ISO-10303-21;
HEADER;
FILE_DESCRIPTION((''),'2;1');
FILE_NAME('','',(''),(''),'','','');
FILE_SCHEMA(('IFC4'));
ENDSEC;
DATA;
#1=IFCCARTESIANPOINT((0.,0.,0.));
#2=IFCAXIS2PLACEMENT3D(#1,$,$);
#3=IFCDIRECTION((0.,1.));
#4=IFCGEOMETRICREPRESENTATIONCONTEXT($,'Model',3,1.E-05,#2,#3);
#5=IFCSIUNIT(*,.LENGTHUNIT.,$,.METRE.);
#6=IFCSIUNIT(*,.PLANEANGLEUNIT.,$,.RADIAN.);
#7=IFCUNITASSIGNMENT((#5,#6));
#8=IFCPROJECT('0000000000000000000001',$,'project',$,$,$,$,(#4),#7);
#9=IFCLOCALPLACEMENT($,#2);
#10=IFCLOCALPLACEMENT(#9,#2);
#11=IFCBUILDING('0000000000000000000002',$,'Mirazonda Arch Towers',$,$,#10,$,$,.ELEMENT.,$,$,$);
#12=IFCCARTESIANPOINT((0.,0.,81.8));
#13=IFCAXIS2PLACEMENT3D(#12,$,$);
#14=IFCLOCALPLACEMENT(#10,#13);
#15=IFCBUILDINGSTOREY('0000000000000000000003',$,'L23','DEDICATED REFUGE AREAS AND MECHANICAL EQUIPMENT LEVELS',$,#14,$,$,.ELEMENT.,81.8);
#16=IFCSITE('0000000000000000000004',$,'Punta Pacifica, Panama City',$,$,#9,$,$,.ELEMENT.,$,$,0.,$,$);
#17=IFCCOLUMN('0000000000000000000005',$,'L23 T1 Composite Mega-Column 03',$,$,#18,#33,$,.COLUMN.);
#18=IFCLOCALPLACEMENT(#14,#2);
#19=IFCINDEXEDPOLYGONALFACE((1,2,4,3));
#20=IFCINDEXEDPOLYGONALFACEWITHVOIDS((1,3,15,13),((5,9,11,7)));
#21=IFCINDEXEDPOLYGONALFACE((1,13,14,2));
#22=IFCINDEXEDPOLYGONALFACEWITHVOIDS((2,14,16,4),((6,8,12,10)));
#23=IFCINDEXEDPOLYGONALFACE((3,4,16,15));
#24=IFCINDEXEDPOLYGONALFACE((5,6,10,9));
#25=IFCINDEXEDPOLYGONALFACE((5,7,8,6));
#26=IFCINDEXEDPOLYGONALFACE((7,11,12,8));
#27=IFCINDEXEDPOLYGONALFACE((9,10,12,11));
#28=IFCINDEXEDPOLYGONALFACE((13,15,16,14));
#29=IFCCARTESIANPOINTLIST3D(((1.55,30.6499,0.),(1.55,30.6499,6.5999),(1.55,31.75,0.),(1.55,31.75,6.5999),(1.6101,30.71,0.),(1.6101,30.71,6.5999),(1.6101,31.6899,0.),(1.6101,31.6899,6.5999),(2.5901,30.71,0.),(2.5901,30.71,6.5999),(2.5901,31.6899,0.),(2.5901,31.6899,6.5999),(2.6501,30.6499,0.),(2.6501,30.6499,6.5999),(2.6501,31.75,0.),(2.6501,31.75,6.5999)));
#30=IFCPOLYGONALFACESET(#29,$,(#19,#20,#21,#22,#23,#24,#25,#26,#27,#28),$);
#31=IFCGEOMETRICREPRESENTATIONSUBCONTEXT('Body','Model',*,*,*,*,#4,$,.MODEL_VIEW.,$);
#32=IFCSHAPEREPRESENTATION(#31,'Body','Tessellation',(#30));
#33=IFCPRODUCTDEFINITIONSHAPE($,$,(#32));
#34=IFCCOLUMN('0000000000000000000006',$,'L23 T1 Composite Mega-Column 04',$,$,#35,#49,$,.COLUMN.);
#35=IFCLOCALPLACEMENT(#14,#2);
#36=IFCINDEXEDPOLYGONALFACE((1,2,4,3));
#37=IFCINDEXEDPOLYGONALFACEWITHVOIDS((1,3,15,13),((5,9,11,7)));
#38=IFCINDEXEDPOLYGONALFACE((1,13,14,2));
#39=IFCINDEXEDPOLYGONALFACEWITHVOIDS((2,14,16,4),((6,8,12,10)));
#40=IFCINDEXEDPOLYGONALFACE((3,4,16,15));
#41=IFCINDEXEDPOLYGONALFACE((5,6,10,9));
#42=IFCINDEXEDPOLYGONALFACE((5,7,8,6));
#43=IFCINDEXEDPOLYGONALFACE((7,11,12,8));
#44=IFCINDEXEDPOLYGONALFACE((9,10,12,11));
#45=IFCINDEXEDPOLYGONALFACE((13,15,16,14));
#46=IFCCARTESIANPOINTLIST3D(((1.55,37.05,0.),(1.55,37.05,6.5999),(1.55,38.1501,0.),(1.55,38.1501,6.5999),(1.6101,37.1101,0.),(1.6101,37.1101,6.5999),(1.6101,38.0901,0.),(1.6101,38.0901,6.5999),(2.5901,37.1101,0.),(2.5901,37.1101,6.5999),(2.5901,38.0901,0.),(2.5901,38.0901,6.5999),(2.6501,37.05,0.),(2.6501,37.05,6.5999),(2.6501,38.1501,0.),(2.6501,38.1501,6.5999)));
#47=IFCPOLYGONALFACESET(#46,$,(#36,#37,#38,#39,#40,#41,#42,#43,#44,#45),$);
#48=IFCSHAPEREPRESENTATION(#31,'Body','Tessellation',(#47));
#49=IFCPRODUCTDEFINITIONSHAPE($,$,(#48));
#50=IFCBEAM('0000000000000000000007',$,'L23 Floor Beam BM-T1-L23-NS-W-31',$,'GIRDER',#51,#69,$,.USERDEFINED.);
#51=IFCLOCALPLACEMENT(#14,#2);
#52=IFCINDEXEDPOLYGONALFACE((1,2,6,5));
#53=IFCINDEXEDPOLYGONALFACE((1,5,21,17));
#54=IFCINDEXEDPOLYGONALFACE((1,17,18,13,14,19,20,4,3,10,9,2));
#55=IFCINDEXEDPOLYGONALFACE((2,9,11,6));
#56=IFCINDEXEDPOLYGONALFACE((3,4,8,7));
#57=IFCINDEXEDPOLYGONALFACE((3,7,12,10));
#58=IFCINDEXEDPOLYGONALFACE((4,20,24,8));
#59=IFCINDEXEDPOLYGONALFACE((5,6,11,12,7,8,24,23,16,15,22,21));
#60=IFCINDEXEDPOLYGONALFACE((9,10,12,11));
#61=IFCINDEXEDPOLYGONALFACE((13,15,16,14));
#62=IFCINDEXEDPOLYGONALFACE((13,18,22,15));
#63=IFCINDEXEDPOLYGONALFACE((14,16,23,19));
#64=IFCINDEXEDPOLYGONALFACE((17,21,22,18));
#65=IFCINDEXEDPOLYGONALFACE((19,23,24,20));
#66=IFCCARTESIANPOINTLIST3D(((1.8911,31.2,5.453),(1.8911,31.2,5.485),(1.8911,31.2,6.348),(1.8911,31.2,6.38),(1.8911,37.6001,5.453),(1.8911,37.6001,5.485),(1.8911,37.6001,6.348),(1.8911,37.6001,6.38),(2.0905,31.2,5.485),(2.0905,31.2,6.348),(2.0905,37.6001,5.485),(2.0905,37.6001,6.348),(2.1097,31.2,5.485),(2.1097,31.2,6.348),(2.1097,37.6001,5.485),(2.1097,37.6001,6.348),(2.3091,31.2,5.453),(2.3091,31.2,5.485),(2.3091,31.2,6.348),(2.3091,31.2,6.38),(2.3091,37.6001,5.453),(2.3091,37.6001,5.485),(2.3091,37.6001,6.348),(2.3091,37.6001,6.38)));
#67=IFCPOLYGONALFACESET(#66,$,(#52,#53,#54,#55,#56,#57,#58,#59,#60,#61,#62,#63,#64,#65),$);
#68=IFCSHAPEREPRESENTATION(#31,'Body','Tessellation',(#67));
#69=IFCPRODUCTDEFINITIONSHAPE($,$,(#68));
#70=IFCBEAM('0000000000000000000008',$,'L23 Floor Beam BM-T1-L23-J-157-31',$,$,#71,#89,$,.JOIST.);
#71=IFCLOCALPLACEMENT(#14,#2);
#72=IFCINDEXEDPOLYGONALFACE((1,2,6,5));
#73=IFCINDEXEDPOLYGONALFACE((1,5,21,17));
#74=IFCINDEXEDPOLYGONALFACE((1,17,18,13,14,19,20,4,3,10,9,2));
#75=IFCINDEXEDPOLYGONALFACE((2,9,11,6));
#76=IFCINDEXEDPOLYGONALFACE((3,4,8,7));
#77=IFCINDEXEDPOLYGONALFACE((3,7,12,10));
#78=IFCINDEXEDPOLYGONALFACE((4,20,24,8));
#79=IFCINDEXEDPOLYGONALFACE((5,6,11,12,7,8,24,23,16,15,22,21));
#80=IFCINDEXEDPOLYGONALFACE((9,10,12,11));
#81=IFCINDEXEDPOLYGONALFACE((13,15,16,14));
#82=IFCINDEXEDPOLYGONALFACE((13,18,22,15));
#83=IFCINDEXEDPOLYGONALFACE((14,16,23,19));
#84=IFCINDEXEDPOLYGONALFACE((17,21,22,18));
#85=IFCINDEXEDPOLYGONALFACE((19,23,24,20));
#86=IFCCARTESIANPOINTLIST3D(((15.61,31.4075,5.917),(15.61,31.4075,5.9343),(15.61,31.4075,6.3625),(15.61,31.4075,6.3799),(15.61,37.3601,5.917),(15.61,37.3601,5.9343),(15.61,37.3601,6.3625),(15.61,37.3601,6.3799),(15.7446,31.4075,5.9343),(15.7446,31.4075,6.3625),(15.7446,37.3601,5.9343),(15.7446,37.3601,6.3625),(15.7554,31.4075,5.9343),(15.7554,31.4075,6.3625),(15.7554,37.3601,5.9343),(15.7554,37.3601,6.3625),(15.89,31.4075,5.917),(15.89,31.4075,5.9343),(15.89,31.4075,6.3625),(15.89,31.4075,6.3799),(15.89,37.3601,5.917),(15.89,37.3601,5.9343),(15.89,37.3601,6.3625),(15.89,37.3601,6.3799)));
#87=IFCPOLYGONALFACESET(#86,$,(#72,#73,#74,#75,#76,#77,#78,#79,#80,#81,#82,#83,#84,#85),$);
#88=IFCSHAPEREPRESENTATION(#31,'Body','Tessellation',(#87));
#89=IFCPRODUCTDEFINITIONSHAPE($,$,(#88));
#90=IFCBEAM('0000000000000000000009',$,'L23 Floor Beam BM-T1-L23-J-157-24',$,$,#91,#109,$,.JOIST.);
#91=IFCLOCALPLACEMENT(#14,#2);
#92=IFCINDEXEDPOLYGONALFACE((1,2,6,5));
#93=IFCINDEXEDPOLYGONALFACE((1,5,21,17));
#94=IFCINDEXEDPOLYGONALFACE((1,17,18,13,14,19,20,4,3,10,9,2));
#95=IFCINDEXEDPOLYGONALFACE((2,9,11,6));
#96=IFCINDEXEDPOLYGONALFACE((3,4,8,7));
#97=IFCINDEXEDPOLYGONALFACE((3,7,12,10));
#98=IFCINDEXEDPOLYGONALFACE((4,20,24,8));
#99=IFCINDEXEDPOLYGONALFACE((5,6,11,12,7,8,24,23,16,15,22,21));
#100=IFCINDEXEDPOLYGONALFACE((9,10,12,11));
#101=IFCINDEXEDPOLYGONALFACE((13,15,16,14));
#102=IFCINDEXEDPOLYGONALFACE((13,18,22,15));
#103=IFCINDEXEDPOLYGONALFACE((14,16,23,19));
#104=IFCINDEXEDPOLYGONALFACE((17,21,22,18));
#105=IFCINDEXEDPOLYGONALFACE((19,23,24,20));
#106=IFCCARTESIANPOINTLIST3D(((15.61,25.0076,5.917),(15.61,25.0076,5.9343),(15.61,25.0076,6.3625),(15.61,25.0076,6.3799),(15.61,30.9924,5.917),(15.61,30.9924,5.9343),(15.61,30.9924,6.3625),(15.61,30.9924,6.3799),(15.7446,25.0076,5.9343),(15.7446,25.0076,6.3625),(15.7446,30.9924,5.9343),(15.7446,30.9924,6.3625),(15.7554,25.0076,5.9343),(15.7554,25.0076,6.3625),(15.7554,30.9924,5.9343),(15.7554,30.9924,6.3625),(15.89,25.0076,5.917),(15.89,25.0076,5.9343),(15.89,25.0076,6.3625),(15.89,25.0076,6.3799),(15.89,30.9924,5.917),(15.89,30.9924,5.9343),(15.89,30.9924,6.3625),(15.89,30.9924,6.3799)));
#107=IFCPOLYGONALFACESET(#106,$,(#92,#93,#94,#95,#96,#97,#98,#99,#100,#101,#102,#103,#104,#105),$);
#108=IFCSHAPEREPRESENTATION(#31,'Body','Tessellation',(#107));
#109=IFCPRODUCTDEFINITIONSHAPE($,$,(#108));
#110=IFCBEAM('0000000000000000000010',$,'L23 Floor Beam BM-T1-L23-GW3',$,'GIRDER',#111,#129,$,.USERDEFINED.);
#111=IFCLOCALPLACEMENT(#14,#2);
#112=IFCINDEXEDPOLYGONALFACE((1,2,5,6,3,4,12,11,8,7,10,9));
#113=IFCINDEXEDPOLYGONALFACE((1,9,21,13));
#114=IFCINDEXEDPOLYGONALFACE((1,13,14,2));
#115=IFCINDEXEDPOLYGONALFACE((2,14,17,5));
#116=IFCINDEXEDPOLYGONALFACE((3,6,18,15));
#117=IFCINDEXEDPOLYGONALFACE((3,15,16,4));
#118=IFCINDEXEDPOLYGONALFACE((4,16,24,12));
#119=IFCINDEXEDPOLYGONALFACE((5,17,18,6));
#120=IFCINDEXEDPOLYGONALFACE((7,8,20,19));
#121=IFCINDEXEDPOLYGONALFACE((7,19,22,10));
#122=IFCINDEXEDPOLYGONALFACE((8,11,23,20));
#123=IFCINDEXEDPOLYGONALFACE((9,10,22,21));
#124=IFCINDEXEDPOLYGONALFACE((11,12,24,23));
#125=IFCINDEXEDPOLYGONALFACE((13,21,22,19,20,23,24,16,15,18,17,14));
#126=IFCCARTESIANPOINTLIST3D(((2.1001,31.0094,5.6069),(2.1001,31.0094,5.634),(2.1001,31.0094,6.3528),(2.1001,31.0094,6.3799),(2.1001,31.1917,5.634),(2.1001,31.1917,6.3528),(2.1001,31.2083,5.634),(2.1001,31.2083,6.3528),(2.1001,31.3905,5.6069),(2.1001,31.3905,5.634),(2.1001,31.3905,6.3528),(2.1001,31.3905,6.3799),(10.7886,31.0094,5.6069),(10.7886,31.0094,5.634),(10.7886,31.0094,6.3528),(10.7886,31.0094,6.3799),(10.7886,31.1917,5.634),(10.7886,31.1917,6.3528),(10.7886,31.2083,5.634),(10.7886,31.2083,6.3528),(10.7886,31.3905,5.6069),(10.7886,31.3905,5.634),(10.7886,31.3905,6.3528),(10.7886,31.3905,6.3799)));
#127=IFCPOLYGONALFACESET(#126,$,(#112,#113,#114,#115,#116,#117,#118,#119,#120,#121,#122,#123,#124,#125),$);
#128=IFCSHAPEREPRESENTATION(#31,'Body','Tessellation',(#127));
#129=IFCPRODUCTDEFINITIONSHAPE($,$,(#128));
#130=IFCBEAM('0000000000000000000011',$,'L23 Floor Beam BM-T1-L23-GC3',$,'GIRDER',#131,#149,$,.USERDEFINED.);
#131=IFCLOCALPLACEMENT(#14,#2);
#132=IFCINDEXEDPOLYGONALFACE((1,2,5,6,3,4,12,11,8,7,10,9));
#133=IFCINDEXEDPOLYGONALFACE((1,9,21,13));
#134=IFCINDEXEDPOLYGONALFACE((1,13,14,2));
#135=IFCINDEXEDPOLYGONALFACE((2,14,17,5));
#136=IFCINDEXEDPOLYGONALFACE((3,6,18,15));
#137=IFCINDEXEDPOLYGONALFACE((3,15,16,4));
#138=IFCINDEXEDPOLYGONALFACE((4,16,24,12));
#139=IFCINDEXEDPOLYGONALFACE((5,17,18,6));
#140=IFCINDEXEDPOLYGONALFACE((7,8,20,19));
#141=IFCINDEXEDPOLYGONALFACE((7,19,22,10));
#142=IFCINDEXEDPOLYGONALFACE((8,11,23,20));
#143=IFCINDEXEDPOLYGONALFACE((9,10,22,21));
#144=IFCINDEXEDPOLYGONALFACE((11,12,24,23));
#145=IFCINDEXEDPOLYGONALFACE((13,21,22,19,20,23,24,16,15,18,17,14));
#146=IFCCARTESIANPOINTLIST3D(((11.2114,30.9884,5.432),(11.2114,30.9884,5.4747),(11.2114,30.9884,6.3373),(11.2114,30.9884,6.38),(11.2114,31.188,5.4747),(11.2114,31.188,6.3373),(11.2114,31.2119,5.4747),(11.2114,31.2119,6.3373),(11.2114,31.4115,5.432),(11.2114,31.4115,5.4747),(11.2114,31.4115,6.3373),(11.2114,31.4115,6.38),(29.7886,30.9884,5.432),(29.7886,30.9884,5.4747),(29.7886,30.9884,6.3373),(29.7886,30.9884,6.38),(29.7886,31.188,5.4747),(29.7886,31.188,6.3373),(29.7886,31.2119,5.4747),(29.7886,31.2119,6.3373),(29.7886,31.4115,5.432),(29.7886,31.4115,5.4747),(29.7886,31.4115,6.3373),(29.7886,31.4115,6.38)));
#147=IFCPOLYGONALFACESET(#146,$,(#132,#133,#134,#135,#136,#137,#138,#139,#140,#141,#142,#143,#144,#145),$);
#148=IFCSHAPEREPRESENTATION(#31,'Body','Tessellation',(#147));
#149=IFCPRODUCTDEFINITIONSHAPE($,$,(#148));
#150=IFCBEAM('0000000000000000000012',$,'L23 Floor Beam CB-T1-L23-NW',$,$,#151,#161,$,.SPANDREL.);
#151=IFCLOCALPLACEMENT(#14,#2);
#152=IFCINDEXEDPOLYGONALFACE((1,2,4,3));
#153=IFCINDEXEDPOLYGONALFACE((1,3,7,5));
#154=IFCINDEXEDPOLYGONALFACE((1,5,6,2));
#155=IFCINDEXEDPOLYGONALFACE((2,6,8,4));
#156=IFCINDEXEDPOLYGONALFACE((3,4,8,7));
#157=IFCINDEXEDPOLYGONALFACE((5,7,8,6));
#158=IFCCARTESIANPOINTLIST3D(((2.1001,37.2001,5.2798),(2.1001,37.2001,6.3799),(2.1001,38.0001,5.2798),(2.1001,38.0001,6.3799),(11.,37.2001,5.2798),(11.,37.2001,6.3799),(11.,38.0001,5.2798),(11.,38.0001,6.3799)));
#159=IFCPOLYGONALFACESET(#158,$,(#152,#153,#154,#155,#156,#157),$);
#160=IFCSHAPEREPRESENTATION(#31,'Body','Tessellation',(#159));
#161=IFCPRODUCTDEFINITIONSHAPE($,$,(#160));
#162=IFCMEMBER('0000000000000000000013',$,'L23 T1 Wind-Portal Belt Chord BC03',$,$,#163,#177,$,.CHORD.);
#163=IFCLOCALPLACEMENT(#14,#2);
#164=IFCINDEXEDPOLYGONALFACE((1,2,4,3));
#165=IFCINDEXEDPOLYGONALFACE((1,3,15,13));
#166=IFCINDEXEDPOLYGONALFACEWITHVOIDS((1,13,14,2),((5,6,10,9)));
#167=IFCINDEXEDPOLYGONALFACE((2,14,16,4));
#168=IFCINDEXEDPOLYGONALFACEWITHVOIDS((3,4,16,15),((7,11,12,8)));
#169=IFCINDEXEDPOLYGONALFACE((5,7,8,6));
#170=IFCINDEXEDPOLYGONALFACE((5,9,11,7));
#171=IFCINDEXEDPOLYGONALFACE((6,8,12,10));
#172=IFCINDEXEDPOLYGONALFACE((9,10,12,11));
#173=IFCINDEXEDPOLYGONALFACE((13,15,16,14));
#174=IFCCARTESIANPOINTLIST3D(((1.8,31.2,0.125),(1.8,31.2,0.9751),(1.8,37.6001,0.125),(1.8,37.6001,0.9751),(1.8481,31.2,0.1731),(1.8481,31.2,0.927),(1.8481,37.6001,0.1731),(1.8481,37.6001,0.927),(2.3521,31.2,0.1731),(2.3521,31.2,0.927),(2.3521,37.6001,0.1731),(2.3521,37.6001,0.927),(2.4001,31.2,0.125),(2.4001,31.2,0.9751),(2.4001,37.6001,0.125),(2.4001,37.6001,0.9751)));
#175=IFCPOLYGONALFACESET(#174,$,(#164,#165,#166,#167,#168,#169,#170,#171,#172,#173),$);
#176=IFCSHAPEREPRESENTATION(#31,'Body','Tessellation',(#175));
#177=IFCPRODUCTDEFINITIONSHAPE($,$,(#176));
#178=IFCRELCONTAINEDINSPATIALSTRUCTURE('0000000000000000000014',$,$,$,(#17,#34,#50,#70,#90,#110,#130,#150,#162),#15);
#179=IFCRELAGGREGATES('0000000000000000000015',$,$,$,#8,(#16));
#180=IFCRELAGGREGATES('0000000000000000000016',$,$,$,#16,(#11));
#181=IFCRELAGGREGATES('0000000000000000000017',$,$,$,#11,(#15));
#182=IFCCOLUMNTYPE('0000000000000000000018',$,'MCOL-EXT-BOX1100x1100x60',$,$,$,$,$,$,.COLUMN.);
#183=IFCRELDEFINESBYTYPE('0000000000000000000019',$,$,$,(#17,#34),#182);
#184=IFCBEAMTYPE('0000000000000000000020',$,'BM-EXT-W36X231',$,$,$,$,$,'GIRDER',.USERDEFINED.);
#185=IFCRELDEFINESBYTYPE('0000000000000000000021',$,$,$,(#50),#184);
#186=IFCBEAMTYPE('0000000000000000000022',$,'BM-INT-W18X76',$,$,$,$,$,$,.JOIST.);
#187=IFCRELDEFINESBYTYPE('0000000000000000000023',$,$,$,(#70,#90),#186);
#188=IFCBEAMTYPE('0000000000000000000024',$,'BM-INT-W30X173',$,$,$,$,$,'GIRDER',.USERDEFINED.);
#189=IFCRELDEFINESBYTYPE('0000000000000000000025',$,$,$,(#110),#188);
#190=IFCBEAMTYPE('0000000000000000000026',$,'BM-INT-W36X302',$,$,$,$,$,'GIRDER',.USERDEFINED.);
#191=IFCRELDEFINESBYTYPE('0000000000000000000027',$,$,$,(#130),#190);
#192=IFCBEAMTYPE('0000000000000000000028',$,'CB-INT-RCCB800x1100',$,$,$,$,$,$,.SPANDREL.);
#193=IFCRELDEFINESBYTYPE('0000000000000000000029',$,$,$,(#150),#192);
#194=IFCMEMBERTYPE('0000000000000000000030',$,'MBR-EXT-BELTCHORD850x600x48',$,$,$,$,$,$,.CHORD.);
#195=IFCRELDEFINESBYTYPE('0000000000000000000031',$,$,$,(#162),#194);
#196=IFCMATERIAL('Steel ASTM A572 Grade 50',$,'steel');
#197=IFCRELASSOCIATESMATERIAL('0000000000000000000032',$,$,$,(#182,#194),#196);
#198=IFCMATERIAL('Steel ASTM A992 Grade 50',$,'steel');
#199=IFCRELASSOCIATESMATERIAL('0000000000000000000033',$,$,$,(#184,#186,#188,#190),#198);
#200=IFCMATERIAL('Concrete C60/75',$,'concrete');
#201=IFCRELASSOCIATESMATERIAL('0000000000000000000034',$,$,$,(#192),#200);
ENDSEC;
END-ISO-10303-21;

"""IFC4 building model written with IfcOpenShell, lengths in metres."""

from ifc_helpers import new_model, si_unit, direction, frame, origin, origin_2d, place, context, subcontext, project, spatial, rectangle, hollow_rectangle, i_section, extrude, material, material_profile, profile_set, type_object, element, save


model = new_model("IFC4")

# Units and contexts
model_context = context("Model", 3, precision=1e-05, world=origin(), true_north=direction((0.0, 1.0)))
body_context = subcontext(model_context, "Body", "Model", "MODEL_VIEW")
ifc_project = project(units=[si_unit("LENGTHUNIT", "METRE"), si_unit("PLANEANGLEUNIT", "RADIAN")], contexts=[model_context])

# Site, building, storey
site_placement = place(None, origin())
site = spatial("IfcSite", under=ifc_project, at=site_placement, Name="Punta Pacifica, Panama City", CompositionType="ELEMENT", RefElevation=0.0)
building_placement = place(site_placement, origin())
building = spatial("IfcBuilding", under=site, at=building_placement, Name="Mirazonda Arch Towers", CompositionType="ELEMENT")
storey_placement = place(building_placement, frame((0.0, 0.0, 81.8)))
storey = spatial("IfcBuildingStorey", under=building, at=storey_placement, Name="L23", Description="DEDICATED REFUGE AREAS AND MECHANICAL EQUIPMENT LEVELS", CompositionType="ELEMENT", Elevation=81.8)

# Columns
ifc_material_1 = material(Name="Steel ASTM A572 Grade 50", Category="steel")
ifc_material_profile_1 = material_profile(ifc_material_1, hollow_rectangle(XDim=1.1001, YDim=1.1001, WallThickness=0.0601, at=origin_2d()), Name="BOX1100x1100x60")
ifc_profile_set_1 = profile_set([ifc_material_profile_1], Name="Steel ASTM A572 Grade 50")
column_type = type_object("IfcColumnType", Name="MCOL-EXT-BOX1100x1100x60", PredefinedType="COLUMN", material=ifc_profile_set_1)
for number, where, z_axis, x_axis, name in (
    (1, (2.1001, 31.2, 0.0), (0.0, 0.0, 1.0), (1.0, 0.0, 0.0), "L23 T1 Composite Mega-Column 03"),
    (2, (2.1001, 37.6001, 0.0), (0.0, 0.0, 1.0), (1.0, 0.0, 0.0), "L23 T1 Composite Mega-Column 04"),
):
    element("IfcColumn", number, at=place(storey_placement, frame(where, z_axis=z_axis, x_axis=x_axis)), inside=storey, type_object=column_type, Name=name, PredefinedType="COLUMN", context=body_context, shape_type="SweptSolid", body=[
        extrude(hollow_rectangle(XDim=1.1001, YDim=1.1001, WallThickness=0.0601, at=origin_2d()), origin(), (0.0, 0.0, 1.0), 6.5999),
    ])

# Beams
ifc_material_2 = material(Name="Steel ASTM A992 Grade 50", Category="steel")
ifc_material_profile_2 = material_profile(ifc_material_2, i_section(OverallWidth=0.418, OverallDepth=0.927, WebThickness=0.0193, FlangeThickness=0.032, at=origin_2d()), Name="W36X231")
ifc_profile_set_2 = profile_set([ifc_material_profile_2], Name="Steel ASTM A992 Grade 50")
beam_type_1 = type_object("IfcBeamType", Name="BM-EXT-W36X231", ElementType="GIRDER", PredefinedType="USERDEFINED", material=ifc_profile_set_2)
beam_1_placement = place(storey_placement, frame((2.1001, 31.2, 5.9165), z_axis=(0.0, 1.0, 0.0), x_axis=(-1.0, 0.0, 0.0)))
element("IfcBeam", 3, at=beam_1_placement, inside=storey, type_object=beam_type_1, Name="L23 Floor Beam BM-T1-L23-NS-W-31", ObjectType="GIRDER", PredefinedType="USERDEFINED", context=body_context, shape_type="SweptSolid", body=[
    extrude(i_section(OverallWidth=0.418, OverallDepth=0.927, WebThickness=0.0193, FlangeThickness=0.032, at=origin_2d()), origin(), (0.0, 0.0, 1.0), 6.4001),
])
ifc_material_profile_3 = material_profile(ifc_material_2, i_section(OverallWidth=0.28, OverallDepth=0.4629, WebThickness=0.0107, FlangeThickness=0.0173, at=origin_2d()), Name="W18X76")
ifc_profile_set_3 = profile_set([ifc_material_profile_3], Name="Steel ASTM A992 Grade 50")
beam_type_2 = type_object("IfcBeamType", Name="BM-INT-W18X76", PredefinedType="JOIST", material=ifc_profile_set_3)
beam_2_placement = place(storey_placement, frame((15.75, 31.4075, 6.1484), z_axis=(0.0, 1.0, 0.0), x_axis=(-1.0, 0.0, 0.0)))
element("IfcBeam", 4, at=beam_2_placement, inside=storey, type_object=beam_type_2, Name="L23 Floor Beam BM-T1-L23-J-157-31", PredefinedType="JOIST", context=body_context, shape_type="SweptSolid", body=[
    extrude(i_section(OverallWidth=0.28, OverallDepth=0.4629, WebThickness=0.0107, FlangeThickness=0.0173, at=origin_2d()), origin(), (0.0, 0.0, 1.0), 5.9526),
])
beam_3_placement = place(storey_placement, frame((15.75, 25.0076, 6.1484), z_axis=(0.0, 1.0, 0.0), x_axis=(-1.0, 0.0, 0.0)))
element("IfcBeam", 5, at=beam_3_placement, inside=storey, type_object=beam_type_2, Name="L23 Floor Beam BM-T1-L23-J-157-24", PredefinedType="JOIST", context=body_context, shape_type="SweptSolid", body=[
    extrude(i_section(OverallWidth=0.28, OverallDepth=0.4629, WebThickness=0.0107, FlangeThickness=0.0173, at=origin_2d()), origin(), (0.0, 0.0, 1.0), 5.9849),
])
ifc_material_profile_4 = material_profile(ifc_material_2, i_section(OverallWidth=0.3811, OverallDepth=0.7729, WebThickness=0.0166, FlangeThickness=0.0271, at=origin_2d()), Name="W30X173")
ifc_profile_set_4 = profile_set([ifc_material_profile_4], Name="Steel ASTM A992 Grade 50")
beam_type_3 = type_object("IfcBeamType", Name="BM-INT-W30X173", ElementType="GIRDER", PredefinedType="USERDEFINED", material=ifc_profile_set_4)
beam_4_placement = place(storey_placement, frame((2.1001, 31.2, 5.9934), z_axis=(1.0, 0.0, 0.0), x_axis=(0.0, 1.0, 0.0)))
element("IfcBeam", 6, at=beam_4_placement, inside=storey, type_object=beam_type_3, Name="L23 Floor Beam BM-T1-L23-GW3", ObjectType="GIRDER", PredefinedType="USERDEFINED", context=body_context, shape_type="SweptSolid", body=[
    extrude(i_section(OverallWidth=0.3811, OverallDepth=0.7729, WebThickness=0.0166, FlangeThickness=0.0271, at=origin_2d()), origin(), (0.0, 0.0, 1.0), 8.6885),
])
ifc_material_profile_5 = material_profile(ifc_material_2, i_section(OverallWidth=0.4231, OverallDepth=0.948, WebThickness=0.0239, FlangeThickness=0.0427, at=origin_2d()), Name="W36X302")
ifc_profile_set_5 = profile_set([ifc_material_profile_5], Name="Steel ASTM A992 Grade 50")
beam_type_4 = type_object("IfcBeamType", Name="BM-INT-W36X302", ElementType="GIRDER", PredefinedType="USERDEFINED", material=ifc_profile_set_5)
beam_5_placement = place(storey_placement, frame((11.2114, 31.2, 5.906), z_axis=(1.0, 0.0, 0.0), x_axis=(0.0, 1.0, 0.0)))
element("IfcBeam", 7, at=beam_5_placement, inside=storey, type_object=beam_type_4, Name="L23 Floor Beam BM-T1-L23-GC3", ObjectType="GIRDER", PredefinedType="USERDEFINED", context=body_context, shape_type="SweptSolid", body=[
    extrude(i_section(OverallWidth=0.4231, OverallDepth=0.948, WebThickness=0.0239, FlangeThickness=0.0427, at=origin_2d()), origin(), (0.0, 0.0, 1.0), 18.5771),
])
ifc_material_3 = material(Name="Concrete C60/75", Category="concrete")
ifc_material_profile_6 = material_profile(ifc_material_3, rectangle(XDim=0.8, YDim=1.1001, at=origin_2d()), Name="RCCB800x1100")
ifc_profile_set_6 = profile_set([ifc_material_profile_6], Name="Concrete C60/75")
beam_type_5 = type_object("IfcBeamType", Name="CB-INT-RCCB800x1100", PredefinedType="SPANDREL", material=ifc_profile_set_6)
beam_6_placement = place(storey_placement, frame((2.1001, 37.6001, 5.8298), z_axis=(1.0, 0.0, 0.0), x_axis=(0.0, 1.0, 0.0)))
element("IfcBeam", 8, at=beam_6_placement, inside=storey, type_object=beam_type_5, Name="L23 Floor Beam CB-T1-L23-NW", PredefinedType="SPANDREL", context=body_context, shape_type="SweptSolid", body=[
    extrude(rectangle(XDim=0.8, YDim=1.1001, at=origin_2d()), origin(), (0.0, 0.0, 1.0), 8.8999),
])

# Member
ifc_material_profile_7 = material_profile(ifc_material_1, hollow_rectangle(XDim=0.6001, YDim=0.8501, WallThickness=0.0481, at=origin_2d()), Name="BELTCHORD850x600x48")
ifc_profile_set_7 = profile_set([ifc_material_profile_7], Name="Steel ASTM A572 Grade 50")
member_type_1 = type_object("IfcMemberType", Name="MBR-EXT-BELTCHORD850x600x48", PredefinedType="CHORD", material=ifc_profile_set_7)
for number, where, z_axis, x_axis, name in (
    (9, (2.1001, 31.2, 0.55), (0.0, 1.0, 0.0), (-1.0, 0.0, 0.0), "L23 T1 Wind-Portal Belt Chord BC03"),
):
    element("IfcMember", number, at=place(storey_placement, frame(where, z_axis=z_axis, x_axis=x_axis)), inside=storey, type_object=member_type_1, Name=name, PredefinedType="CHORD", context=body_context, shape_type="SweptSolid", body=[
        extrude(hollow_rectangle(XDim=0.6001, YDim=0.8501, WallThickness=0.0481, at=origin_2d()), origin(), (0.0, 0.0, 1.0), 6.4001),
    ])

save(model, "model.ifc")
